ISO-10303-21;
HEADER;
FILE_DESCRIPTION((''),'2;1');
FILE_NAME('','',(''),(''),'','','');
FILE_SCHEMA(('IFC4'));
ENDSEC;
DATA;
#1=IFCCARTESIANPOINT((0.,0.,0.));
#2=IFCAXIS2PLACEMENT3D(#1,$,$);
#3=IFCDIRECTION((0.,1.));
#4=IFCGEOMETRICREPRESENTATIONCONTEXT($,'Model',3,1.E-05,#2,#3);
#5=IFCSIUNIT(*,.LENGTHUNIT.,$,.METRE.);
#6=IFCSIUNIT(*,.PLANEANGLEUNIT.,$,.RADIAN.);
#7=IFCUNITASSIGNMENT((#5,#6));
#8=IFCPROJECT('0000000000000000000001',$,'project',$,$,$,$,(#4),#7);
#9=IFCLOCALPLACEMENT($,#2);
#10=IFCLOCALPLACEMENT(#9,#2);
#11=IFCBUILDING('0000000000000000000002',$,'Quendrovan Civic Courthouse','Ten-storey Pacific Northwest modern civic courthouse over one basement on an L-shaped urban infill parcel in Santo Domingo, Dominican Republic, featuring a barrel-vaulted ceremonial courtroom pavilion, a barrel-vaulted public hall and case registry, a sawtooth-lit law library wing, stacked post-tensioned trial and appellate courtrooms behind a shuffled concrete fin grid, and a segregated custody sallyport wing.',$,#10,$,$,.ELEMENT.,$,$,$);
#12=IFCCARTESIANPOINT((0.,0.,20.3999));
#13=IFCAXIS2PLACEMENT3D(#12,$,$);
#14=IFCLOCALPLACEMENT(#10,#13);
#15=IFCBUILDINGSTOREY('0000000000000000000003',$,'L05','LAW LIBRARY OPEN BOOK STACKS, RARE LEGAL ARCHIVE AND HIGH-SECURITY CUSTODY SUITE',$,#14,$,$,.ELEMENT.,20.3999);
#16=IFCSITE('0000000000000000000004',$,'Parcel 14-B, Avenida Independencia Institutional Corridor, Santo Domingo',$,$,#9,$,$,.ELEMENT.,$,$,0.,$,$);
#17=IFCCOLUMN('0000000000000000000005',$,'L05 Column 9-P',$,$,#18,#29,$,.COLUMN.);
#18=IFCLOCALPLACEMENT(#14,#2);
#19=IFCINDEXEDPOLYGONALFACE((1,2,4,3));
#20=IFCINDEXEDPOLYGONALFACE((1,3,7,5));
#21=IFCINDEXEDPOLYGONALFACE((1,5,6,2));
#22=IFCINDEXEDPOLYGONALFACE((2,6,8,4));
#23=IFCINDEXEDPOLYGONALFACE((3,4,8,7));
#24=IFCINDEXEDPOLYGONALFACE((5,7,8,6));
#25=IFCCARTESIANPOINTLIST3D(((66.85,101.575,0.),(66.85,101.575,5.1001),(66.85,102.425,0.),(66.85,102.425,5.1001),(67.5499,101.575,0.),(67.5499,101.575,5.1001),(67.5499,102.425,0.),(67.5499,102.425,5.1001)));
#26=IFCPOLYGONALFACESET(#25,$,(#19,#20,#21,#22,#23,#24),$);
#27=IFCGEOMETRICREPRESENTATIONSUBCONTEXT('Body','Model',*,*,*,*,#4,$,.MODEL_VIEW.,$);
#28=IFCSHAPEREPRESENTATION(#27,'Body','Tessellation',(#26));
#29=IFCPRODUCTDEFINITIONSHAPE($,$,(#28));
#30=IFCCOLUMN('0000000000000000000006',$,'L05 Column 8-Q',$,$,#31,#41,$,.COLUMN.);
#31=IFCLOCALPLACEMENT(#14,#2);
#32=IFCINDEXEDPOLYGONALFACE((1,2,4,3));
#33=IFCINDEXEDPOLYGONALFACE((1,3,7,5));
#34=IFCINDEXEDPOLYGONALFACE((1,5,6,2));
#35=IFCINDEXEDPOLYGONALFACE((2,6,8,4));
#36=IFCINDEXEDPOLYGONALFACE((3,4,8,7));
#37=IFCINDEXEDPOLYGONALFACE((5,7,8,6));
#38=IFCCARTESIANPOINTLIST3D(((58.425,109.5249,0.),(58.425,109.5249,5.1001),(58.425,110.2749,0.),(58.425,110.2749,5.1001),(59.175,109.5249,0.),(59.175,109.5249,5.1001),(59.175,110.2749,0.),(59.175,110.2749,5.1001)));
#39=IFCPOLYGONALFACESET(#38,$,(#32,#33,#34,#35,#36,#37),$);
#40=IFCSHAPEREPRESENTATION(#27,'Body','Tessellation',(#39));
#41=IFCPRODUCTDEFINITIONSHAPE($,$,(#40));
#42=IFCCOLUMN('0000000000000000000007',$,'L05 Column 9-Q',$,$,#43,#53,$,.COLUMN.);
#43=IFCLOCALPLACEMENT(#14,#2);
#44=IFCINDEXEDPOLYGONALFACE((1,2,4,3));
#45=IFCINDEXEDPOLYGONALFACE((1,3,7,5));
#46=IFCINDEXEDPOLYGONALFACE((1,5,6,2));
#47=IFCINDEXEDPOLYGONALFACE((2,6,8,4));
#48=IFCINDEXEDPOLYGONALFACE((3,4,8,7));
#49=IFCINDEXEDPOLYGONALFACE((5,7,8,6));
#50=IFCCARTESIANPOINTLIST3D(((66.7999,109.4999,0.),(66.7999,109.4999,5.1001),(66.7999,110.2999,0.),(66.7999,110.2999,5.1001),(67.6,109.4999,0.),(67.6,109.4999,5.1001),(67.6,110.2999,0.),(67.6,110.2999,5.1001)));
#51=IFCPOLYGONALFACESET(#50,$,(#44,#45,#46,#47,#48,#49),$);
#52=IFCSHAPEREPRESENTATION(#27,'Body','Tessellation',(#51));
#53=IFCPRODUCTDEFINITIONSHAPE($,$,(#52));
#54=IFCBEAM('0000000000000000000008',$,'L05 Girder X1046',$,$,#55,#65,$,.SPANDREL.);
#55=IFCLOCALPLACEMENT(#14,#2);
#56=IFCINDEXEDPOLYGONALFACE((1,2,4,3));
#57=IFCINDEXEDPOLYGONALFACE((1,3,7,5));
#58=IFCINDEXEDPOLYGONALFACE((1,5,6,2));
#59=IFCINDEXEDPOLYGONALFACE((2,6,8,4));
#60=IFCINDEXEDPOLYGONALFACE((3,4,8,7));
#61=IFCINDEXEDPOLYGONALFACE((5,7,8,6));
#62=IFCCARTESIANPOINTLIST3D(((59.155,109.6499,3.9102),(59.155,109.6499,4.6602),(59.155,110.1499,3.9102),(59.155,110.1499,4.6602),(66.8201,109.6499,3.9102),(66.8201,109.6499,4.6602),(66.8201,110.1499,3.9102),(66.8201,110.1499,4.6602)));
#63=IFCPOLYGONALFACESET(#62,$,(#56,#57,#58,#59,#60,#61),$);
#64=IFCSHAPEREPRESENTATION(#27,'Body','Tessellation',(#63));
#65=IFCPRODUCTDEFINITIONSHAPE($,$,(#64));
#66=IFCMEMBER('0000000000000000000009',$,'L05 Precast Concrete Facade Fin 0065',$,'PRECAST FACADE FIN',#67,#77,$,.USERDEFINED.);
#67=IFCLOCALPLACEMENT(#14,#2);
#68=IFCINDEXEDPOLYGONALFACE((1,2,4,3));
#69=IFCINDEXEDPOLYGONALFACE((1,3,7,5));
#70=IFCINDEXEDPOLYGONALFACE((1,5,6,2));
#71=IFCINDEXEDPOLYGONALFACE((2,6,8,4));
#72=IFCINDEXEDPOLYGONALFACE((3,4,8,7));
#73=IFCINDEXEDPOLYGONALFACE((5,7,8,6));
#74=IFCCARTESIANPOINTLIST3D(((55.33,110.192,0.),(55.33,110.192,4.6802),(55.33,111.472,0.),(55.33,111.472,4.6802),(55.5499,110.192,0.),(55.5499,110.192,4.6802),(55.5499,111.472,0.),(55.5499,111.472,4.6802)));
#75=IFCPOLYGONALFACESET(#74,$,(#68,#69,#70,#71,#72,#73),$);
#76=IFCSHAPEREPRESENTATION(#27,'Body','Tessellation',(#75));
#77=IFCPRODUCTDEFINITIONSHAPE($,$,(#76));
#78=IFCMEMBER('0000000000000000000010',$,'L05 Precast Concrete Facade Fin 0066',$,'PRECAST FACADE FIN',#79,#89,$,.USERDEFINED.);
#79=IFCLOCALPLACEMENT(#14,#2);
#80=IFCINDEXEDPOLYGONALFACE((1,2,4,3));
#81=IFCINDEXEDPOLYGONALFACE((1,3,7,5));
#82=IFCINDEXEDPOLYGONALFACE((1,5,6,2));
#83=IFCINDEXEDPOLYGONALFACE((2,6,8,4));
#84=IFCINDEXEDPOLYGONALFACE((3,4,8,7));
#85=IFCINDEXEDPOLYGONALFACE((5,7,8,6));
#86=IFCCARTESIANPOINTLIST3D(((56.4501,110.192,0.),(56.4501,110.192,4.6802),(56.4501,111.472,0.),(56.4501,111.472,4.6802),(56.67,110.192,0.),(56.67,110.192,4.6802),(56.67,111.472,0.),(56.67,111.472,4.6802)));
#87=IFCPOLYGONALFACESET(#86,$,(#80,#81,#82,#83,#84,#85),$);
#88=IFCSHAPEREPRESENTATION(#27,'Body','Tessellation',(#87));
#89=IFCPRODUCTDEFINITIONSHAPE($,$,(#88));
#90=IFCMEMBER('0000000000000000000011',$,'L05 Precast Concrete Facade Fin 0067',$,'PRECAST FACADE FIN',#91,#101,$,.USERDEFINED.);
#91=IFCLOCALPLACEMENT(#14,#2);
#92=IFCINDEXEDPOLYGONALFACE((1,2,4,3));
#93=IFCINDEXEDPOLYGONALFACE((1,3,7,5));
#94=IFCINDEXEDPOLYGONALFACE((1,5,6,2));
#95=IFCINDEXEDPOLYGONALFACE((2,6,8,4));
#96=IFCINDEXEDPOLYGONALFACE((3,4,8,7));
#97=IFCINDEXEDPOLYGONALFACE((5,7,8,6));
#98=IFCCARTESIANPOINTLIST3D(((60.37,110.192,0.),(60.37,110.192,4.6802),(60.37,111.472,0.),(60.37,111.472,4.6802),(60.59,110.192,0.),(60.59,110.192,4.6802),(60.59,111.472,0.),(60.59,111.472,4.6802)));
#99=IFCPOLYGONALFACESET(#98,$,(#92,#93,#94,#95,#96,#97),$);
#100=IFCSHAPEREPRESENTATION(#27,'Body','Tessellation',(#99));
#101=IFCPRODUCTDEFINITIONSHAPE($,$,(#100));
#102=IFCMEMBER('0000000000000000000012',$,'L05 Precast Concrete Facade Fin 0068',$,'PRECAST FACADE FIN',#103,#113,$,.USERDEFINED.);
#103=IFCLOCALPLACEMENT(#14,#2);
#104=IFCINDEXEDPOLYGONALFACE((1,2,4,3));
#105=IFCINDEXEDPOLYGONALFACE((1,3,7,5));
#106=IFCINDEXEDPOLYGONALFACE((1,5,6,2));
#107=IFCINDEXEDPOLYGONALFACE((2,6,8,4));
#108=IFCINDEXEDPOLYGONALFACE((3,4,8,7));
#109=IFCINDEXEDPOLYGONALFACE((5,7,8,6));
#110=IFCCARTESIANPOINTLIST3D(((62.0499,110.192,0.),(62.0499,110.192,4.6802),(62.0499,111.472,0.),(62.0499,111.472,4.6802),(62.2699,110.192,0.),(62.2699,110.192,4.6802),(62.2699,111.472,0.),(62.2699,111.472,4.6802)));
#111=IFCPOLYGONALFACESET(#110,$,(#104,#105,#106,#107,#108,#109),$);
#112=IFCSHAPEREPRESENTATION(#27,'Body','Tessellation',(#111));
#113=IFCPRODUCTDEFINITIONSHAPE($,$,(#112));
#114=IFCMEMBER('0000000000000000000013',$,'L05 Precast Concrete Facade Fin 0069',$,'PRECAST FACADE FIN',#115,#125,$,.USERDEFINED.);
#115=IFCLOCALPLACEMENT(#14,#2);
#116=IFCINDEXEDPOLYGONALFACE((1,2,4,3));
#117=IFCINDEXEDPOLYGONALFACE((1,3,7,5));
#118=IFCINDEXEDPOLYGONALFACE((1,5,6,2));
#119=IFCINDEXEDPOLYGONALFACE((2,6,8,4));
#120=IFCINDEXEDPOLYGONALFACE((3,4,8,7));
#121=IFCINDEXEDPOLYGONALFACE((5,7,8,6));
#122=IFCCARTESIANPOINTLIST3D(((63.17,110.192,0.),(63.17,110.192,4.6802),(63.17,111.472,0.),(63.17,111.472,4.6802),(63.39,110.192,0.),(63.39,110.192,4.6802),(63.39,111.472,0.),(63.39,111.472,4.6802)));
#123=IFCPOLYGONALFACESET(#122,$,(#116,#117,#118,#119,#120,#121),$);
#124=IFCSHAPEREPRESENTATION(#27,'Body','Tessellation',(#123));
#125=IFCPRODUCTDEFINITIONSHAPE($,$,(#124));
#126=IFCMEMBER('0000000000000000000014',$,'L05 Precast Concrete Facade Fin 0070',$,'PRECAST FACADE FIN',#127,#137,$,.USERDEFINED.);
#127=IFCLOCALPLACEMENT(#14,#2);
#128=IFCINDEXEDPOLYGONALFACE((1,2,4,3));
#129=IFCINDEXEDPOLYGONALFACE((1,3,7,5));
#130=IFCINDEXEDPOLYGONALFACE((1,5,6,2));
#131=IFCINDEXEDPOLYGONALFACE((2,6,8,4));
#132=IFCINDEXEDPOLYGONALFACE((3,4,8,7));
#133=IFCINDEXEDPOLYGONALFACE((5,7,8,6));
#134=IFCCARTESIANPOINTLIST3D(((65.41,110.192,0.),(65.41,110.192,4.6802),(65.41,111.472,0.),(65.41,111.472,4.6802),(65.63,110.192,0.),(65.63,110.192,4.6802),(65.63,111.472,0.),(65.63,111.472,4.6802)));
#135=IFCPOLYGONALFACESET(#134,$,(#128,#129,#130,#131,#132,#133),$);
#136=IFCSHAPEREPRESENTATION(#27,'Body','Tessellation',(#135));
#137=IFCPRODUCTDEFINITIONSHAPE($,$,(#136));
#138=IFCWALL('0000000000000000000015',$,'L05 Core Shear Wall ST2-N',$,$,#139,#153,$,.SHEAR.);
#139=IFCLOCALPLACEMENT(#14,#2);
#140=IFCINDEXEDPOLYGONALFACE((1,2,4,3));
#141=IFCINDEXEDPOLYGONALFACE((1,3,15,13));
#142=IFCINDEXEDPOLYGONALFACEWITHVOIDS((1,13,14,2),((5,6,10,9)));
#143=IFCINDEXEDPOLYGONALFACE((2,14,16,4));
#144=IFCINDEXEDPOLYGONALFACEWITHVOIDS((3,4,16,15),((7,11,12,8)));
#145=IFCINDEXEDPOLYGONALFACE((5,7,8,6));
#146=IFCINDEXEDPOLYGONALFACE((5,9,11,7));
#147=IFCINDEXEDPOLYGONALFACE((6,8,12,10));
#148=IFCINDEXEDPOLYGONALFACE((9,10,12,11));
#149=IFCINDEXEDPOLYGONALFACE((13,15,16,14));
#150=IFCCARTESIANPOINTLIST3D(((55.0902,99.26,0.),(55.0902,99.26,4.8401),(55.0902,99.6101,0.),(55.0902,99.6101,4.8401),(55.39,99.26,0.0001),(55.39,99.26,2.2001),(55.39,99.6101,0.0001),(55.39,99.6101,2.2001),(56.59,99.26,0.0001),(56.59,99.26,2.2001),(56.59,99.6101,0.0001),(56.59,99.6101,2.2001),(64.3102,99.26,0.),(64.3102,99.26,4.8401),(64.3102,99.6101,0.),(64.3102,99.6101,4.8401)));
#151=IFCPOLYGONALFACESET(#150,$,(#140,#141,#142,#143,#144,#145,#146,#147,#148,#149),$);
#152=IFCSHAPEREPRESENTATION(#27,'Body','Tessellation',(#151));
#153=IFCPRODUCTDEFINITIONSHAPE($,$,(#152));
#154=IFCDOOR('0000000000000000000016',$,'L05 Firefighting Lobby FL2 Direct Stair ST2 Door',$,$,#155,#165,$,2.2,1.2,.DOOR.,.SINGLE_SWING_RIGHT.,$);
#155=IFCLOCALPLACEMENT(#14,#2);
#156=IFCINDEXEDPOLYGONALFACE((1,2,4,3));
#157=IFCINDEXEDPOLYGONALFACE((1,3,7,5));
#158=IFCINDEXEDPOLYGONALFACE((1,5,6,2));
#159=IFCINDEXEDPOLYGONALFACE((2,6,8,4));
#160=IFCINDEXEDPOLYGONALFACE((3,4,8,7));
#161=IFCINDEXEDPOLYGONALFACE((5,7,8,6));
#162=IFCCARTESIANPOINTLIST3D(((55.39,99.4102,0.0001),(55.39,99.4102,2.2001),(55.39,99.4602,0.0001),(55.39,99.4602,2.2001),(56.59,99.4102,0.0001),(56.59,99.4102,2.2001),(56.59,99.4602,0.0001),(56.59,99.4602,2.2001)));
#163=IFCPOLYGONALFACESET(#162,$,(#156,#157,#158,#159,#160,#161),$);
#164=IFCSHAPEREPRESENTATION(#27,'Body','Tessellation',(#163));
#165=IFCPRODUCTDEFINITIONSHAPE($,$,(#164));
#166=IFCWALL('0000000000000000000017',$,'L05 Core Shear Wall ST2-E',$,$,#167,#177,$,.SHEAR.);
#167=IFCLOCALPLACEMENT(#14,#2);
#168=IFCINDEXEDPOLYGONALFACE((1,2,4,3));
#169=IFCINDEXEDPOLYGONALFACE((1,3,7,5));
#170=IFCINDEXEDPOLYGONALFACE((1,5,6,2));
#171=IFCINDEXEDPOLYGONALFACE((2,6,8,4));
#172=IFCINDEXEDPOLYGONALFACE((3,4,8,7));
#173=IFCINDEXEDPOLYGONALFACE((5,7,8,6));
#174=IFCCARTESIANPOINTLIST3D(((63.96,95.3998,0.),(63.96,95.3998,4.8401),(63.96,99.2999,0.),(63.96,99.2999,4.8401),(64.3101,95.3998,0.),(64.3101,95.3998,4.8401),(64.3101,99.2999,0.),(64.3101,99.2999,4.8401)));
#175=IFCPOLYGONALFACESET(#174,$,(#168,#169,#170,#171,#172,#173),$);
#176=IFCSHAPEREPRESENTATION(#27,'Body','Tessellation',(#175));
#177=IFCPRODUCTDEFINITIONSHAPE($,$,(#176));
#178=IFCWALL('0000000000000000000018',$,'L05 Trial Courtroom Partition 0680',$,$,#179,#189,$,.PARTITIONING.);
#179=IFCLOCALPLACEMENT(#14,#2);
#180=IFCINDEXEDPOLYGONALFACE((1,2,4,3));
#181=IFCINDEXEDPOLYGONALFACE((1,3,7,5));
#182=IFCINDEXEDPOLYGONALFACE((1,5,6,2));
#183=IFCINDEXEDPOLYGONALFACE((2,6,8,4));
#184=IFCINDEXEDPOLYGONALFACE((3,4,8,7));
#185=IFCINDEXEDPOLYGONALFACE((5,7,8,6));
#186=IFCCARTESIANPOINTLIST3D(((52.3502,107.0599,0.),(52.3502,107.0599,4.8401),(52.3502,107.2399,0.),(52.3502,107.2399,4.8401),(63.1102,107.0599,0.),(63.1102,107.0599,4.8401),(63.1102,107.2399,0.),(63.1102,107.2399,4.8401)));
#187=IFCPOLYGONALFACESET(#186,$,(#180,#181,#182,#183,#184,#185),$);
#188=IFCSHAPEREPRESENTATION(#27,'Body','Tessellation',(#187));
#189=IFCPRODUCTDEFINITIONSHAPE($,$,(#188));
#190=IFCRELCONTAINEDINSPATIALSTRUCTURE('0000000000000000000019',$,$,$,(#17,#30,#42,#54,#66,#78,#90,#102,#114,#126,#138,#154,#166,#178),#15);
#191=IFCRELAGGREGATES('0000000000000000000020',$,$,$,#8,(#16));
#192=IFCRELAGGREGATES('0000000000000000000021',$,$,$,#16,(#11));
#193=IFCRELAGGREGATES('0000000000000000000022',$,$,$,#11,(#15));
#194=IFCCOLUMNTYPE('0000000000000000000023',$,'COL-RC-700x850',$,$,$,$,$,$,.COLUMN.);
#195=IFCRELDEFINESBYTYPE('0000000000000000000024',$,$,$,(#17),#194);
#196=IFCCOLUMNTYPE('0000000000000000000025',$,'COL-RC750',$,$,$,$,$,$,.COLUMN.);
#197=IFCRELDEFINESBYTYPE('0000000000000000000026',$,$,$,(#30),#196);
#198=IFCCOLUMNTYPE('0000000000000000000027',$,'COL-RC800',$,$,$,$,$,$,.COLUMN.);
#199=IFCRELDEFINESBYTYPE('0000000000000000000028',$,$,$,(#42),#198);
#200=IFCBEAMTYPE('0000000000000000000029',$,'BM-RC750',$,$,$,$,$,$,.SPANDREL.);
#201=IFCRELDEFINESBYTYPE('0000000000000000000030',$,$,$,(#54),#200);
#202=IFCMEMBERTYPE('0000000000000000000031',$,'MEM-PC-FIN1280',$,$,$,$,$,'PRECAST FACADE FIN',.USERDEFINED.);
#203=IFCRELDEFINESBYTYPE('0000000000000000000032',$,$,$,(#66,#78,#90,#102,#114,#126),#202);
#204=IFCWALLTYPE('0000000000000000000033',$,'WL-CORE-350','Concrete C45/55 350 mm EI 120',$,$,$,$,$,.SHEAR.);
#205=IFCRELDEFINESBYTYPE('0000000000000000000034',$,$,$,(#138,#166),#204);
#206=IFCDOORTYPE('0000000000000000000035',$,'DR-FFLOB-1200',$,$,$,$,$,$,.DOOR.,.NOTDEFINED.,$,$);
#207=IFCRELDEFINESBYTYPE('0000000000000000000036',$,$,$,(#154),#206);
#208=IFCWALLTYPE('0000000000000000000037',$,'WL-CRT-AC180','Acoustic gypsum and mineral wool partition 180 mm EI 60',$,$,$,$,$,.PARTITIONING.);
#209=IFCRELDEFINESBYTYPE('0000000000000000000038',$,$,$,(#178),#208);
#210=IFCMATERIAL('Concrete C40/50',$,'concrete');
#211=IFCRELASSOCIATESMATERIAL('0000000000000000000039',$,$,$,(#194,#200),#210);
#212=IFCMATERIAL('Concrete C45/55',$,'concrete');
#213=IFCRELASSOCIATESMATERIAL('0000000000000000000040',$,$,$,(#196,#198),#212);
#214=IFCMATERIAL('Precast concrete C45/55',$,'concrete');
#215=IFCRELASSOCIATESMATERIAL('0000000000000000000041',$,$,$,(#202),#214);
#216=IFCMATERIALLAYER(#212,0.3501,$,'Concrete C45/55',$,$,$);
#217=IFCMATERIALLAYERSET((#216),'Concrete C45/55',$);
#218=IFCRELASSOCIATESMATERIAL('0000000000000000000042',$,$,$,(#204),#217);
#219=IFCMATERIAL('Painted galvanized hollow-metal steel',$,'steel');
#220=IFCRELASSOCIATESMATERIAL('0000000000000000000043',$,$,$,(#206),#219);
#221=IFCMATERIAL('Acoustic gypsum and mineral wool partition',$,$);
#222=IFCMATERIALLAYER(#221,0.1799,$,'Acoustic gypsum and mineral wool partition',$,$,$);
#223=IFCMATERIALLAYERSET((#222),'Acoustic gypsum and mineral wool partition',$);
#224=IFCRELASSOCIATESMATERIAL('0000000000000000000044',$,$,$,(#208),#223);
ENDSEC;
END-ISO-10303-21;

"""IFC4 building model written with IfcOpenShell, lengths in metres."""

from ifc_helpers import new_model, si_unit, direction, frame, frame_2d, origin, origin_2d, place, context, subcontext, project, spatial, rectangle, extrude, material, layer, layer_set, material_profile, profile_set, type_object, element, fill, save


model = new_model("IFC4")

# Units and contexts
model_context = context("Model", 3, precision=1e-05, world=origin(), true_north=direction((0.0, 1.0)))
body_context = subcontext(model_context, "Body", "Model", "MODEL_VIEW")
ifc_project = project(units=[si_unit("LENGTHUNIT", "METRE"), si_unit("PLANEANGLEUNIT", "RADIAN")], contexts=[model_context])

# Site, building, storey
site_placement = place(None, origin())
site = spatial("IfcSite", under=ifc_project, at=site_placement, Name="Parcel 14-B, Avenida Independencia Institutional Corridor, Santo Domingo", CompositionType="ELEMENT", RefElevation=0.0)
building_placement = place(site_placement, origin())
building = spatial("IfcBuilding", under=site, at=building_placement, Name="Quendrovan Civic Courthouse", Description="Ten-storey Pacific Northwest modern civic courthouse over one basement on an L-shaped urban infill parcel in Santo Domingo, Dominican Republic, featuring a barrel-vaulted ceremonial courtroom pavilion, a barrel-vaulted public hall and case registry, a sawtooth-lit law library wing, stacked post-tensioned trial and appellate courtrooms behind a shuffled concrete fin grid, and a segregated custody sallyport wing.", CompositionType="ELEMENT")
storey_placement = place(building_placement, frame((0.0, 0.0, 20.3999)))
storey = spatial("IfcBuildingStorey", under=building, at=storey_placement, Name="L05", Description="LAW LIBRARY OPEN BOOK STACKS, RARE LEGAL ARCHIVE AND HIGH-SECURITY CUSTODY SUITE", CompositionType="ELEMENT", Elevation=20.3999)

# Columns
ifc_material_1 = material(Name="Concrete C40/50", Category="concrete")
ifc_material_profile_1 = material_profile(ifc_material_1, rectangle(XDim=0.7, YDim=0.8501, at=origin_2d()), Name="RC-COL-700x850")
ifc_profile_set_1 = profile_set([ifc_material_profile_1], Name="Concrete C40/50")
column_type_1 = type_object("IfcColumnType", Name="COL-RC-700x850", PredefinedType="COLUMN", material=ifc_profile_set_1)
column_1_placement = place(storey_placement, frame((67.2, 102.0, 0.0), z_axis=(0.0, 0.0, 1.0), x_axis=(1.0, 0.0, 0.0)))
element("IfcColumn", 1, at=column_1_placement, inside=storey, type_object=column_type_1, Name="L05 Column 9-P", PredefinedType="COLUMN", context=body_context, shape_type="SweptSolid", body=[
    extrude(rectangle(XDim=0.7, YDim=0.8501, at=origin_2d()), origin(), (0.0, 0.0, 1.0), 5.1001),
])
ifc_material_2 = material(Name="Concrete C45/55", Category="concrete")
ifc_material_profile_2 = material_profile(ifc_material_2, rectangle(XDim=0.75, YDim=0.75, at=origin_2d()), Name="RC-COL-750x750")
ifc_profile_set_2 = profile_set([ifc_material_profile_2], Name="Concrete C45/55")
column_type_2 = type_object("IfcColumnType", Name="COL-RC750", PredefinedType="COLUMN", material=ifc_profile_set_2)
column_2_placement = place(storey_placement, frame((58.8, 109.8999, 0.0), z_axis=(0.0, 0.0, 1.0), x_axis=(1.0, 0.0, 0.0)))
element("IfcColumn", 2, at=column_2_placement, inside=storey, type_object=column_type_2, Name="L05 Column 8-Q", PredefinedType="COLUMN", context=body_context, shape_type="SweptSolid", body=[
    extrude(rectangle(XDim=0.75, YDim=0.75, at=origin_2d()), origin(), (0.0, 0.0, 1.0), 5.1001),
])
ifc_material_profile_3 = material_profile(ifc_material_2, rectangle(XDim=0.8, YDim=0.8, at=origin_2d()), Name="RC-COL-800x800")
ifc_profile_set_3 = profile_set([ifc_material_profile_3], Name="Concrete C45/55")
column_type_3 = type_object("IfcColumnType", Name="COL-RC800", PredefinedType="COLUMN", material=ifc_profile_set_3)
column_3_placement = place(storey_placement, frame((67.2, 109.8999, 0.0), z_axis=(0.0, 0.0, 1.0), x_axis=(1.0, 0.0, 0.0)))
element("IfcColumn", 3, at=column_3_placement, inside=storey, type_object=column_type_3, Name="L05 Column 9-Q", PredefinedType="COLUMN", context=body_context, shape_type="SweptSolid", body=[
    extrude(rectangle(XDim=0.8, YDim=0.8, at=origin_2d()), origin(), (0.0, 0.0, 1.0), 5.1001),
])

# Beam
ifc_material_profile_4 = material_profile(ifc_material_1, rectangle(XDim=0.5, YDim=0.75, at=origin_2d()), Name="RC-BM-500x750")
ifc_profile_set_4 = profile_set([ifc_material_profile_4], Name="Concrete C40/50")
beam_type = type_object("IfcBeamType", Name="BM-RC750", PredefinedType="SPANDREL", material=ifc_profile_set_4)
beam_placement = place(storey_placement, frame((59.155, 109.8999, 4.2852), z_axis=(1.0, 0.0, 0.0), x_axis=(0.0, 1.0, 0.0)))
element("IfcBeam", 4, at=beam_placement, inside=storey, type_object=beam_type, Name="L05 Girder X1046", PredefinedType="SPANDREL", context=body_context, shape_type="SweptSolid", body=[
    extrude(rectangle(XDim=0.5, YDim=0.75, at=origin_2d()), origin(), (0.0, 0.0, 1.0), 7.665),
])

# Members
ifc_material_3 = material(Name="Precast concrete C45/55", Category="concrete")
ifc_material_profile_5 = material_profile(ifc_material_3, rectangle(XDim=0.22, YDim=1.28, at=origin_2d()), Name="PC-FIN-220x1280")
ifc_profile_set_5 = profile_set([ifc_material_profile_5], Name="Precast concrete C45/55")
member_type = type_object("IfcMemberType", Name="MEM-PC-FIN1280", ElementType="PRECAST FACADE FIN", PredefinedType="USERDEFINED", material=ifc_profile_set_5)
for number, where, z_axis, x_axis, name in (
    (5, (55.4399, 110.832, 0.0), (0.0, 0.0, 1.0), (1.0, 0.0, 0.0), "L05 Precast Concrete Facade Fin 0065"),
    (6, (56.5601, 110.832, 0.0), (0.0, 0.0, 1.0), (1.0, 0.0, 0.0), "L05 Precast Concrete Facade Fin 0066"),
    (7, (60.48, 110.832, 0.0), (0.0, 0.0, 1.0), (1.0, 0.0, 0.0), "L05 Precast Concrete Facade Fin 0067"),
    (8, (62.1599, 110.832, 0.0), (0.0, 0.0, 1.0), (1.0, 0.0, 0.0), "L05 Precast Concrete Facade Fin 0068"),
    (9, (63.28, 110.832, 0.0), (0.0, 0.0, 1.0), (1.0, 0.0, 0.0), "L05 Precast Concrete Facade Fin 0069"),
    (10, (65.52, 110.832, 0.0), (0.0, 0.0, 1.0), (1.0, 0.0, 0.0), "L05 Precast Concrete Facade Fin 0070"),
):
    element("IfcMember", number, at=place(storey_placement, frame(where, z_axis=z_axis, x_axis=x_axis)), inside=storey, type_object=member_type, Name=name, ObjectType="PRECAST FACADE FIN", PredefinedType="USERDEFINED", context=body_context, shape_type="SweptSolid", body=[
        extrude(rectangle(XDim=0.22, YDim=1.28, at=origin_2d()), origin(), (0.0, 0.0, 1.0), 4.6802),
    ])

# Wall, opening, door
ifc_layer_1 = layer(ifc_material_2, 0.3501, Name="Concrete C45/55")
ifc_layer_set_1 = layer_set([ifc_layer_1], Name="Concrete C45/55")
wall_type_1 = type_object("IfcWallType", Name="WL-CORE-350", Description="Concrete C45/55 350 mm EI 120", PredefinedType="SHEAR", material=ifc_layer_set_1)
wall_1_placement = place(storey_placement, frame((64.3101, 99.4351, 0.0), z_axis=(0.0, 0.0, 1.0), x_axis=(-1.0, 0.0, 0.0)))
wall_1 = element("IfcWall", 11, at=wall_1_placement, inside=storey, type_object=wall_type_1, Name="L05 Core Shear Wall ST2-N", PredefinedType="SHEAR", context=body_context, shape_type="SweptSolid", body=[
    extrude(rectangle(XDim=9.22, YDim=0.3501, at=frame_2d((4.6099, 0.0))), origin(), (0.0, 0.0, 1.0), 4.8401),
])
opening_1_placement = place(wall_1_placement, frame((7.72, 0.0, 0.0)))
opening_1 = element("IfcOpeningElement", 12, at=opening_1_placement, cuts=wall_1, PredefinedType="OPENING", context=body_context, shape_type="SweptSolid", body=[
    extrude(rectangle(XDim=1.2, YDim=2.2, at=frame_2d((0.6001, 1.1001))), frame((0.0, 0.1851, 0.0), z_axis=(0.0, -1.0, 0.0), x_axis=(1.0, 0.0, 0.0)), (0.0, 0.0, 1.0), 0.3701),
])
ifc_material_4 = material(Name="Painted galvanized hollow-metal steel", Category="steel")
door_type_1 = type_object("IfcDoorType", Name="DR-FFLOB-1200", OperationType="NOTDEFINED", PredefinedType="DOOR", material=ifc_material_4)
door_1_placement = place(opening_1_placement, origin())
door_1 = element("IfcDoor", 13, at=door_1_placement, inside=storey, type_object=door_type_1, Name="L05 Firefighting Lobby FL2 Direct Stair ST2 Door", OperationType="SINGLE_SWING_RIGHT", OverallHeight=2.2, OverallWidth=1.2, PredefinedType="DOOR", context=body_context, shape_type="SweptSolid", body=[
    extrude(rectangle(XDim=1.2, YDim=2.2, at=frame_2d((0.6001, 1.1001))), frame((0.0, 0.0249, 0.0), z_axis=(0.0, -1.0, 0.0), x_axis=(1.0, 0.0, 0.0)), (0.0, 0.0, 1.0), 0.05),
])
fill(opening_1, door_1)

# Walls
wall_2_placement = place(storey_placement, frame((64.135, 99.3, 0.0), z_axis=(0.0, 0.0, 1.0), x_axis=(0.0, -1.0, 0.0)))
element("IfcWall", 14, at=wall_2_placement, inside=storey, type_object=wall_type_1, Name="L05 Core Shear Wall ST2-E", PredefinedType="SHEAR", context=body_context, shape_type="SweptSolid", body=[
    extrude(rectangle(XDim=3.9001, YDim=0.3501, at=frame_2d((1.9502, 0.0))), origin(), (0.0, 0.0, 1.0), 4.8401),
])
ifc_material_5 = material(Name="Acoustic gypsum and mineral wool partition")
ifc_layer_2 = layer(ifc_material_5, 0.1799, Name="Acoustic gypsum and mineral wool partition")
ifc_layer_set_2 = layer_set([ifc_layer_2], Name="Acoustic gypsum and mineral wool partition")
wall_type_2 = type_object("IfcWallType", Name="WL-CRT-AC180", Description="Acoustic gypsum and mineral wool partition 180 mm EI 60", PredefinedType="PARTITIONING", material=ifc_layer_set_2)
wall_3_placement = place(storey_placement, frame((63.1101, 107.1499, 0.0), z_axis=(0.0, 0.0, 1.0), x_axis=(-1.0, 0.0, 0.0)))
element("IfcWall", 15, at=wall_3_placement, inside=storey, type_object=wall_type_2, Name="L05 Trial Courtroom Partition 0680", PredefinedType="PARTITIONING", context=body_context, shape_type="SweptSolid", body=[
    extrude(rectangle(XDim=10.76, YDim=0.1799, at=frame_2d((5.3799, 0.0))), origin(), (0.0, 0.0, 1.0), 4.8401),
])

save(model, "model.ifc")
